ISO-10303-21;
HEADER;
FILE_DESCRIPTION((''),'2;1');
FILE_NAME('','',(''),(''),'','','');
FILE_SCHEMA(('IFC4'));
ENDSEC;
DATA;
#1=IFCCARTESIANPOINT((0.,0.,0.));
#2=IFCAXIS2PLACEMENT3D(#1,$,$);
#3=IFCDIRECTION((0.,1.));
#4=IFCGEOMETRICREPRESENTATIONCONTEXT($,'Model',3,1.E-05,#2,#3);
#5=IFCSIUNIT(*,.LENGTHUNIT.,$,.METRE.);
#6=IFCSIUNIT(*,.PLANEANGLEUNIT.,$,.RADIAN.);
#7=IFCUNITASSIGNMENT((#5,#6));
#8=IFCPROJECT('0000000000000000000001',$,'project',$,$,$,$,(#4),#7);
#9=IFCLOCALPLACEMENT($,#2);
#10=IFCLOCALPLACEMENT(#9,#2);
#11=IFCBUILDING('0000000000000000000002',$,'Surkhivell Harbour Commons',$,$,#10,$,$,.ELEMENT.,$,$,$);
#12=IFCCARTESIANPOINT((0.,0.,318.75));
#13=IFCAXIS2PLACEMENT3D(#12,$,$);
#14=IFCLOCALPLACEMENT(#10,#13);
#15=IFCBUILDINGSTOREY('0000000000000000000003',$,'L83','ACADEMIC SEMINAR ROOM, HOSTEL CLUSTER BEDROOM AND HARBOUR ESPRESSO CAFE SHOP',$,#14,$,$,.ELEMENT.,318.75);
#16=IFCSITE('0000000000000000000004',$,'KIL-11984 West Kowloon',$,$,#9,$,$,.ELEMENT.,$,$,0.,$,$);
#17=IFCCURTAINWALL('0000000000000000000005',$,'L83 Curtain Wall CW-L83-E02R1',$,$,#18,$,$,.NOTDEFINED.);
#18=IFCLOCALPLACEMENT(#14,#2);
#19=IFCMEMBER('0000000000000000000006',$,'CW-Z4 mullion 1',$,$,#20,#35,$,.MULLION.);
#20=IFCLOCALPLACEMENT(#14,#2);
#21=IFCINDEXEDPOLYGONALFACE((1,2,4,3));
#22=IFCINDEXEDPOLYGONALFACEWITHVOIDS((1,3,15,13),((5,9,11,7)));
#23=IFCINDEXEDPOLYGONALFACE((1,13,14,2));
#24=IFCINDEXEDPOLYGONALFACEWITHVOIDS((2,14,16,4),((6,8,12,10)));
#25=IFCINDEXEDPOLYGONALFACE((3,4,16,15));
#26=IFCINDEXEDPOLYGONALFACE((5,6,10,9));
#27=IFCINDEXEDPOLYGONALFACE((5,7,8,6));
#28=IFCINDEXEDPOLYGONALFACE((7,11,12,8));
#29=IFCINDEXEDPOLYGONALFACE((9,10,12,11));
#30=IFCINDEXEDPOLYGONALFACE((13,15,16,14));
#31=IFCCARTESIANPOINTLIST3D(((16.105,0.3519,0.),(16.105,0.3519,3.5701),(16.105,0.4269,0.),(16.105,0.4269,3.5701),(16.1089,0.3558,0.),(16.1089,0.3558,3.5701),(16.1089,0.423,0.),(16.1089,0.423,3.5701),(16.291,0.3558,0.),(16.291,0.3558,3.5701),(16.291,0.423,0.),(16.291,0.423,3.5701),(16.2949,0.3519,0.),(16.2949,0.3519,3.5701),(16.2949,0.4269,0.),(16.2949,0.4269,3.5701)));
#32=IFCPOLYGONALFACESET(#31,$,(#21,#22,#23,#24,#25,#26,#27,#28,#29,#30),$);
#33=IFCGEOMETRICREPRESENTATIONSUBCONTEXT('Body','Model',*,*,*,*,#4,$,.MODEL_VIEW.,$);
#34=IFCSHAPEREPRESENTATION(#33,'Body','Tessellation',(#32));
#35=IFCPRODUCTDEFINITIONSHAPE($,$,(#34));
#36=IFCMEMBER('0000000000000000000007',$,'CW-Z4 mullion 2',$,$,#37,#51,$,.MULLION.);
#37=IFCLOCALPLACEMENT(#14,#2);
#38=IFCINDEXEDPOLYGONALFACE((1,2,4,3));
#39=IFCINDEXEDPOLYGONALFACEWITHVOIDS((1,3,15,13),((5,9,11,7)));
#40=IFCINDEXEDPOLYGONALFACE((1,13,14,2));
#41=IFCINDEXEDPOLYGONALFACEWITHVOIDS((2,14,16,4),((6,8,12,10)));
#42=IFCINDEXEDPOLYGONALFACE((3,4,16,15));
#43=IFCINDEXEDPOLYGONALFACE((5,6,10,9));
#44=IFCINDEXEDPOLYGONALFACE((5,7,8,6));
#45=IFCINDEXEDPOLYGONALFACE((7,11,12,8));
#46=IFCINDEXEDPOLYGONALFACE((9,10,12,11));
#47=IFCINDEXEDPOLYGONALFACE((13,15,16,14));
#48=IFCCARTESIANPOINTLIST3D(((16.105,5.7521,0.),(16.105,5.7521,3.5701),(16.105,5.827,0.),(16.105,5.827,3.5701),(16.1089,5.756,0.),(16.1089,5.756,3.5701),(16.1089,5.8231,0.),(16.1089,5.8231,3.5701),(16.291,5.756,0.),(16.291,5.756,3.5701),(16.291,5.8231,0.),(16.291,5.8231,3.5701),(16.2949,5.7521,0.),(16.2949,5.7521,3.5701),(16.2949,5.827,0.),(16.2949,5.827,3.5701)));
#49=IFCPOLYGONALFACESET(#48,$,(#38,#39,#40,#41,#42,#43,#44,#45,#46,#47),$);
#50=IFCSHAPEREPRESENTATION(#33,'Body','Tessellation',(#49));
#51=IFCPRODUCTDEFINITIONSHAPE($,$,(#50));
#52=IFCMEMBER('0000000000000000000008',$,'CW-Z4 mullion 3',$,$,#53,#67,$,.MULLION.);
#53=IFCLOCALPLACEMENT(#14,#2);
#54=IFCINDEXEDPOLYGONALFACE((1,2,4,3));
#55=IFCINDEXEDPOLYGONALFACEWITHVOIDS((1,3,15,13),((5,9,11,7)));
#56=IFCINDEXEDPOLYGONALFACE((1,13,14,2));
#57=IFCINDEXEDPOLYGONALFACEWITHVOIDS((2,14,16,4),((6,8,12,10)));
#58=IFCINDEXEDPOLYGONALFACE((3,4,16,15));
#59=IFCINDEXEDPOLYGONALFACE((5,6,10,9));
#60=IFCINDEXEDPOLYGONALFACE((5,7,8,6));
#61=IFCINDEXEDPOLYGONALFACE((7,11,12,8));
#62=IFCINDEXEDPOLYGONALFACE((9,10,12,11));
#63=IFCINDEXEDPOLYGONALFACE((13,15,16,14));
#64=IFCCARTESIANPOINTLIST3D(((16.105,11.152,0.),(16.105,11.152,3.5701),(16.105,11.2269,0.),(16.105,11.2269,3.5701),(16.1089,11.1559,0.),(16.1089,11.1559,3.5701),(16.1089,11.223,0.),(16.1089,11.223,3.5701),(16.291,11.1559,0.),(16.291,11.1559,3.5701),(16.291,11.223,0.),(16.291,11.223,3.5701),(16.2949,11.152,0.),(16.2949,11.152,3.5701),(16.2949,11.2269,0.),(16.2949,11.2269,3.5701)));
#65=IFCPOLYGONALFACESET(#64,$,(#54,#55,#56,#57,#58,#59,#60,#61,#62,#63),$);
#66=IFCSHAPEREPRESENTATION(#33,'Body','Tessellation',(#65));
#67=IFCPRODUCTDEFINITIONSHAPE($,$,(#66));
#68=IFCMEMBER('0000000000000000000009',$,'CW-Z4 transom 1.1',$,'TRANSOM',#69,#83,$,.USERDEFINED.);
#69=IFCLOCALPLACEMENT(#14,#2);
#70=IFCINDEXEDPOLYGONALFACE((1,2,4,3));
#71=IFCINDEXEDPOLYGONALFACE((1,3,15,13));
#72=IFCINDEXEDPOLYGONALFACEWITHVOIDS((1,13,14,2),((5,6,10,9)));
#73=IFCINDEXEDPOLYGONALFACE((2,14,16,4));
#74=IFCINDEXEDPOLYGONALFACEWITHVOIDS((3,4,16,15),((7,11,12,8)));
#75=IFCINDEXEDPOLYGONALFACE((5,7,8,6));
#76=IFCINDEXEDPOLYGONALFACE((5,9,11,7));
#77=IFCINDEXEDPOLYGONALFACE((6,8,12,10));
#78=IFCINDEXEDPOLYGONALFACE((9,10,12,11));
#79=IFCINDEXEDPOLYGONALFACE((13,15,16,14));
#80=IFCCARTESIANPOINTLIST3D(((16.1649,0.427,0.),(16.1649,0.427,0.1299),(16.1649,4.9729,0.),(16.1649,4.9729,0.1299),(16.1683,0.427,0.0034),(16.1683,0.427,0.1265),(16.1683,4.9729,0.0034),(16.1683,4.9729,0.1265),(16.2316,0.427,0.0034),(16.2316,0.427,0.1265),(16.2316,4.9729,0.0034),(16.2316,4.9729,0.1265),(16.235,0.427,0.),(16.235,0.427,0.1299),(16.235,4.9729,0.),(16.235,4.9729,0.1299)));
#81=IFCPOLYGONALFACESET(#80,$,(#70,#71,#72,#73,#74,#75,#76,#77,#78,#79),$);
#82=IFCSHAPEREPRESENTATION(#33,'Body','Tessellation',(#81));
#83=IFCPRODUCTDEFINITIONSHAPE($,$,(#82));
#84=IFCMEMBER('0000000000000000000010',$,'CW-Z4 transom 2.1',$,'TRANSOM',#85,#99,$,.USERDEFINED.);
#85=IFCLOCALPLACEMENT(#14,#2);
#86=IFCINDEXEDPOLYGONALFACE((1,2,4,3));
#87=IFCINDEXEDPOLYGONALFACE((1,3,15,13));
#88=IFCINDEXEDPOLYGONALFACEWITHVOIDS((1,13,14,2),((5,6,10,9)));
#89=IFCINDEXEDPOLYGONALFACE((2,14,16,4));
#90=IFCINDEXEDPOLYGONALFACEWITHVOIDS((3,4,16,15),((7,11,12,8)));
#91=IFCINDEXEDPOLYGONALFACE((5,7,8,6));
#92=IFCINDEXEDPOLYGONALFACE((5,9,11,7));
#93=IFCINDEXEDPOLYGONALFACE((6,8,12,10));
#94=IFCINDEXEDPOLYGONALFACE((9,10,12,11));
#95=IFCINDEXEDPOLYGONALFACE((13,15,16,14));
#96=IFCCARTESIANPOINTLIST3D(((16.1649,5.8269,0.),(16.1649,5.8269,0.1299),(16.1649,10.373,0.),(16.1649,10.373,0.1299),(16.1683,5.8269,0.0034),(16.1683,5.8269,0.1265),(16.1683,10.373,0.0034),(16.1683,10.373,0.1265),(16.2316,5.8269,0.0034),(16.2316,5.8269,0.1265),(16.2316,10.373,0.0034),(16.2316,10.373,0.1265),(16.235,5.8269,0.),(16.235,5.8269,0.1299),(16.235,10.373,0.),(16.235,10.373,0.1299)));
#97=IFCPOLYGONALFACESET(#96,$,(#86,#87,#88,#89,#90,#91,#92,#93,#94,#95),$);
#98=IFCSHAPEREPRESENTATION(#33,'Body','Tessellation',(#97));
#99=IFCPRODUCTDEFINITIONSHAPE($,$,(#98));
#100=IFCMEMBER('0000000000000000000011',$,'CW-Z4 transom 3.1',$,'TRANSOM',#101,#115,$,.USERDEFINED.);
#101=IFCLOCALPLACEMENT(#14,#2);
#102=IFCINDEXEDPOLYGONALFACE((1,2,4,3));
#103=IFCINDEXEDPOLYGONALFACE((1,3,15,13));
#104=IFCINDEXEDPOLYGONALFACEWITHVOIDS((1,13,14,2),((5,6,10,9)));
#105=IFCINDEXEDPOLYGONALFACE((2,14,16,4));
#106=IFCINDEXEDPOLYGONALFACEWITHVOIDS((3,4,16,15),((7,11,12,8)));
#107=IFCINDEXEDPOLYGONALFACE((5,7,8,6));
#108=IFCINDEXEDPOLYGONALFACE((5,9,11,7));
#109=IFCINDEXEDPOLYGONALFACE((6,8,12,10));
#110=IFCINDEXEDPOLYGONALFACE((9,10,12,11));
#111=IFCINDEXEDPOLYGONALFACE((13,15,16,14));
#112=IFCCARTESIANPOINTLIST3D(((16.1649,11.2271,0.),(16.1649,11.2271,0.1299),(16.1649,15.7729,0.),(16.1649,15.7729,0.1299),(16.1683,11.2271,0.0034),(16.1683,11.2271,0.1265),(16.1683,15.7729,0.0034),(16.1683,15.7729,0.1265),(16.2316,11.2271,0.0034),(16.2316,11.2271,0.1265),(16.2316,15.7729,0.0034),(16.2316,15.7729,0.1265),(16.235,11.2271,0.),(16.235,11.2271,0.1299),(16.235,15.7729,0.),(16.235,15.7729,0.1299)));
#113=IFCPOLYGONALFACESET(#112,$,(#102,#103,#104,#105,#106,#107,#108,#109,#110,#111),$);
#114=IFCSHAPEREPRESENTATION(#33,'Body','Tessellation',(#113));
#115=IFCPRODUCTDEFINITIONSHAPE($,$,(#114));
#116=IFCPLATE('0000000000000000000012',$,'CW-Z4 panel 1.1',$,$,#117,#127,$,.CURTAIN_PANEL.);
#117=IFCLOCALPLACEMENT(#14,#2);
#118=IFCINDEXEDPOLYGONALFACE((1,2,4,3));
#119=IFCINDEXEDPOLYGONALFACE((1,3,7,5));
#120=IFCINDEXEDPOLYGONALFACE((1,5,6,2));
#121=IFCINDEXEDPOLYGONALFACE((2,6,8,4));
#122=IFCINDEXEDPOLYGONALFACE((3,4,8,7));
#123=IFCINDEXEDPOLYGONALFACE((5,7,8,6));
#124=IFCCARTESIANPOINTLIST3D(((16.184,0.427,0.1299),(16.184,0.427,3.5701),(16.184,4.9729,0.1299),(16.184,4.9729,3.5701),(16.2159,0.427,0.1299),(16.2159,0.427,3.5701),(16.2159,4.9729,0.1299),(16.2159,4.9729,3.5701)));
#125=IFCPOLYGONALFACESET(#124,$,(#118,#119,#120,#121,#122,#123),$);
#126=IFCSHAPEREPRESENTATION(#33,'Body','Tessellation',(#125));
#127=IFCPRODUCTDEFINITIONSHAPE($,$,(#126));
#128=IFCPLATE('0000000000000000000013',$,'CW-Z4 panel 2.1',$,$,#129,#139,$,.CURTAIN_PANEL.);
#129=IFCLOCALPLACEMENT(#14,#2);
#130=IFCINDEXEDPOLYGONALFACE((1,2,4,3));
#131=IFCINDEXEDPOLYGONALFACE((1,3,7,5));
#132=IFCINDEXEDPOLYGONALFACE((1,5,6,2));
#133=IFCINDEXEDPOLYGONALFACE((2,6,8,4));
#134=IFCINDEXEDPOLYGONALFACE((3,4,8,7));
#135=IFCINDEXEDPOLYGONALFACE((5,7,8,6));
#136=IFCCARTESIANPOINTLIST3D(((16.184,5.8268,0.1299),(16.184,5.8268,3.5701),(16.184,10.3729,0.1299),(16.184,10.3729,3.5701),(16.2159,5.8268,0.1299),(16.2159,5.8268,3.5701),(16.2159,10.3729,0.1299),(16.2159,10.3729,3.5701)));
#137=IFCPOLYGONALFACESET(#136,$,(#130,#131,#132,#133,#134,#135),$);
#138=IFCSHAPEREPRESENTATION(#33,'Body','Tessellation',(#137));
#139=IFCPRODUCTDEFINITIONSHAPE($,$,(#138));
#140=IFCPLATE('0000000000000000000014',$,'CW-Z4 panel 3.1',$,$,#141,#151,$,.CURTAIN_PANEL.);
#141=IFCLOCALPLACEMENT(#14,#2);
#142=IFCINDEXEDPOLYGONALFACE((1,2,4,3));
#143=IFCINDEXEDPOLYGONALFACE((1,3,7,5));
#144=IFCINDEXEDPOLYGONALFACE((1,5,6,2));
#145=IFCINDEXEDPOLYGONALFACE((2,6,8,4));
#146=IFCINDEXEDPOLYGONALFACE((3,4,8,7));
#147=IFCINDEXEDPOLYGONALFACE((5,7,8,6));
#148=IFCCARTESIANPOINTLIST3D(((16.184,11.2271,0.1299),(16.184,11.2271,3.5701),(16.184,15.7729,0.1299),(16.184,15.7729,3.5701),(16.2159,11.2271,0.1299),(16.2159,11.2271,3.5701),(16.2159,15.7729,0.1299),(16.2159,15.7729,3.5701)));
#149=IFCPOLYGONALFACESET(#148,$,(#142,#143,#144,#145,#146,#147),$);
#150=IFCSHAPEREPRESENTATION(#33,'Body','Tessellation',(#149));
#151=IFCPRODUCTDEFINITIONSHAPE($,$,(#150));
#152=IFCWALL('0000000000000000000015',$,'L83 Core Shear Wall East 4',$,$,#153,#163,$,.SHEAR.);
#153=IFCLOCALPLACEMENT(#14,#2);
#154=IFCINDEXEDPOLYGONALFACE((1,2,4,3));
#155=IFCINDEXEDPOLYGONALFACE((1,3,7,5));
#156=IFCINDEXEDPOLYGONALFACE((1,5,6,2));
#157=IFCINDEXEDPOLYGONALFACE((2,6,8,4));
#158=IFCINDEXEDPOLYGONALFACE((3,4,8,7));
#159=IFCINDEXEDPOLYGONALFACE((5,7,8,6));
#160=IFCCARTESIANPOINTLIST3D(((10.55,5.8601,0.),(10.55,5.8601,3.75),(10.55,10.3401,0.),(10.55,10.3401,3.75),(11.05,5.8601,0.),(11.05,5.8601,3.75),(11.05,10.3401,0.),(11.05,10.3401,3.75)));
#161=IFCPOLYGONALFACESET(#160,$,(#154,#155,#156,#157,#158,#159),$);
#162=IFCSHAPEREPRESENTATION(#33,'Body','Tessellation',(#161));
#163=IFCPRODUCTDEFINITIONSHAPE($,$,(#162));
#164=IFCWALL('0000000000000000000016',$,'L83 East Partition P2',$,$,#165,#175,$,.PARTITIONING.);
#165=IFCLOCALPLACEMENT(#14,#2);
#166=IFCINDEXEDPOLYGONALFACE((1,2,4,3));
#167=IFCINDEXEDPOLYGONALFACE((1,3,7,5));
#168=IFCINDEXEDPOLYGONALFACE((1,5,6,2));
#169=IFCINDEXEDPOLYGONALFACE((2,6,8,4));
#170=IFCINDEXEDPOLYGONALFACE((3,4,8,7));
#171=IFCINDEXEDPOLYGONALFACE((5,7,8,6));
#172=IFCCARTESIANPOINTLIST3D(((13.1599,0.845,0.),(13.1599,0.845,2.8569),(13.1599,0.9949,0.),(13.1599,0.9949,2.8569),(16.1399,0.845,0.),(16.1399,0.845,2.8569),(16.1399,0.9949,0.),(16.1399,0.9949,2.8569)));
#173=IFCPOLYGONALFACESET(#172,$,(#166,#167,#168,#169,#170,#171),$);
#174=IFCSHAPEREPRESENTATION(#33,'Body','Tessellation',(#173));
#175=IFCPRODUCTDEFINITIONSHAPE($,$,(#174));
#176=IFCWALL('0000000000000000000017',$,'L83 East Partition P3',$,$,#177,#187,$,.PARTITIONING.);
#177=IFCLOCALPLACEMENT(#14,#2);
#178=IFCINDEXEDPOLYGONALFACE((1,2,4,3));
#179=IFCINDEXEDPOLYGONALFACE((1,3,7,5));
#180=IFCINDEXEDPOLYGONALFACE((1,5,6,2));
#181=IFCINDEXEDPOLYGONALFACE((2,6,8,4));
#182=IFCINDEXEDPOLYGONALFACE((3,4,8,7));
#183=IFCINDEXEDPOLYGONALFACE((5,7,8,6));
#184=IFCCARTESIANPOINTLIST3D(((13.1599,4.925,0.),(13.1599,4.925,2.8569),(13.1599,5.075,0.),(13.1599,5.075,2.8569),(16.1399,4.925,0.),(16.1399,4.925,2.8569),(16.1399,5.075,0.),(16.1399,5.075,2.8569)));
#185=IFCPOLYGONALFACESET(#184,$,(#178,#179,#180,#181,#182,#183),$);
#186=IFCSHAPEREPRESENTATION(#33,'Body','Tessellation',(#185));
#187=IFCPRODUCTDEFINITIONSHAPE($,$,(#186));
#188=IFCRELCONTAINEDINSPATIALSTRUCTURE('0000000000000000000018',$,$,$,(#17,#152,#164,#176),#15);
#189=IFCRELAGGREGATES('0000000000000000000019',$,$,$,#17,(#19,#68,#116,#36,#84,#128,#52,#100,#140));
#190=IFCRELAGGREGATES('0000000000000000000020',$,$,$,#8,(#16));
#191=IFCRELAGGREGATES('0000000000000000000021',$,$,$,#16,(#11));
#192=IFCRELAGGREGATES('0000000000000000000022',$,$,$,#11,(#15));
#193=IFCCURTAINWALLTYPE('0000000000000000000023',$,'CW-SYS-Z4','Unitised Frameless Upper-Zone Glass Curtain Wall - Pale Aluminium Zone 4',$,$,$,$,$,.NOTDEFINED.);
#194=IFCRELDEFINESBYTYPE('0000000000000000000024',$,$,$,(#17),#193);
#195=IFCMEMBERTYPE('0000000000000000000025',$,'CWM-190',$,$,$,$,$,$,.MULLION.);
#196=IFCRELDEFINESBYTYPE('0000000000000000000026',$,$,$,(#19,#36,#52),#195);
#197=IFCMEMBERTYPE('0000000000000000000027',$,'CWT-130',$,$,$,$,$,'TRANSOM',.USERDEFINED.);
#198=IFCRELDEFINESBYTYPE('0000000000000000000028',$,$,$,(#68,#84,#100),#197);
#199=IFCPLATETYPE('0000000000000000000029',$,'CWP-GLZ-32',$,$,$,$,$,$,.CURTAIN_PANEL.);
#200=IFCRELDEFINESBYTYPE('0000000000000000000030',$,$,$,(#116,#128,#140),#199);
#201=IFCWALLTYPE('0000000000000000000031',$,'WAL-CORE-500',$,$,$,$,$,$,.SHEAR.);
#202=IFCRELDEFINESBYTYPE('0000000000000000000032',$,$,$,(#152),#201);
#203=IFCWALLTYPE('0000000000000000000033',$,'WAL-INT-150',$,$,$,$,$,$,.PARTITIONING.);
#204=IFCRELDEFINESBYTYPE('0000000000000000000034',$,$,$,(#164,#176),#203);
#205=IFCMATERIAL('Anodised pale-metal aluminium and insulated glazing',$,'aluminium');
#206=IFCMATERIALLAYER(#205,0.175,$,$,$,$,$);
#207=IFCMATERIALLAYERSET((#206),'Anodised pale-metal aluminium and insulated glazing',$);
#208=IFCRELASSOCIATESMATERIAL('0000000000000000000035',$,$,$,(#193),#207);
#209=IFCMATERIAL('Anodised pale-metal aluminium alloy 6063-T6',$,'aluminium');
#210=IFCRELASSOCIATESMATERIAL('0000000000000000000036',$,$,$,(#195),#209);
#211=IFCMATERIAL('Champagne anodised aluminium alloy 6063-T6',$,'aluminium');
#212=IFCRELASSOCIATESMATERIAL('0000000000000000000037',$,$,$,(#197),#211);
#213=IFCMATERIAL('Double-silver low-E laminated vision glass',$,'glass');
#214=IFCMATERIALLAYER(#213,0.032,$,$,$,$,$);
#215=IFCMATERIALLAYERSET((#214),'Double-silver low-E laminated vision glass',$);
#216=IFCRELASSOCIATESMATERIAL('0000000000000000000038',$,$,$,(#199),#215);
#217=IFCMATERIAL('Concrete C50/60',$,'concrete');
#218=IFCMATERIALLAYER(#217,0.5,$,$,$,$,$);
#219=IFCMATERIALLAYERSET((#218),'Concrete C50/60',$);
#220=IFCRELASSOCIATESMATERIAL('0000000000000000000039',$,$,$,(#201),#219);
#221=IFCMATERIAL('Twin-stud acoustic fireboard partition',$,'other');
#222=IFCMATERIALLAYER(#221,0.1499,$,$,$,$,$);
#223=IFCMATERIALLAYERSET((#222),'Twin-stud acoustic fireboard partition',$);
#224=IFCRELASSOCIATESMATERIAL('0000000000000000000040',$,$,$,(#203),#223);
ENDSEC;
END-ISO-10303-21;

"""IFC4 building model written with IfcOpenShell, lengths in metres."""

from ifc_helpers import new_model, si_unit, direction, frame, frame_2d, origin, origin_2d, place, context, subcontext, project, spatial, rectangle, hollow_rectangle, extrude, material, layer, layer_set, material_profile, profile_set, type_object, element, aggregate, save


model = new_model("IFC4")

# Units and contexts
model_context = context("Model", 3, precision=1e-05, world=origin(), true_north=direction((0.0, 1.0)))
body_context = subcontext(model_context, "Body", "Model", "MODEL_VIEW")
ifc_project = project(units=[si_unit("LENGTHUNIT", "METRE"), si_unit("PLANEANGLEUNIT", "RADIAN")], contexts=[model_context])

# Site, building, storey
site_placement = place(None, origin())
site = spatial("IfcSite", under=ifc_project, at=site_placement, Name="KIL-11984 West Kowloon", CompositionType="ELEMENT", RefElevation=0.0)
building_placement = place(site_placement, origin())
building = spatial("IfcBuilding", under=site, at=building_placement, Name="Surkhivell Harbour Commons", CompositionType="ELEMENT")
storey_placement = place(building_placement, frame((0.0, 0.0, 318.75)))
storey = spatial("IfcBuildingStorey", under=building, at=storey_placement, Name="L83", Description="ACADEMIC SEMINAR ROOM, HOSTEL CLUSTER BEDROOM AND HARBOUR ESPRESSO CAFE SHOP", CompositionType="ELEMENT", Elevation=318.75)

# Shared definitions
ifc_material_1 = material(Name="Concrete C50/60", Category="concrete")

# Curtain wall, members, plates
ifc_material_2 = material(Name="Anodised pale-metal aluminium and insulated glazing", Category="aluminium")
ifc_layer_1 = layer(ifc_material_2, 0.175)
ifc_layer_set_1 = layer_set([ifc_layer_1], Name="Anodised pale-metal aluminium and insulated glazing")
curtain_wall_type = type_object("IfcCurtainWallType", Name="CW-SYS-Z4", Description="Unitised Frameless Upper-Zone Glass Curtain Wall - Pale Aluminium Zone 4", PredefinedType="NOTDEFINED", material=ifc_layer_set_1)
curtain_wall_placement = place(storey_placement, origin())
curtain_wall = element("IfcCurtainWall", 1, at=curtain_wall_placement, inside=storey, type_object=curtain_wall_type, Name="L83 Curtain Wall CW-L83-E02R1", PredefinedType="NOTDEFINED")
ifc_material_3 = material(Name="Anodised pale-metal aluminium alloy 6063-T6", Category="aluminium")
ifc_material_profile_1 = material_profile(ifc_material_3, hollow_rectangle(XDim=0.075, YDim=0.1899, WallThickness=0.0039, at=origin_2d()), Name="ALU-MULL-75x190")
ifc_profile_set_1 = profile_set([ifc_material_profile_1], Name="Anodised pale-metal aluminium alloy 6063-T6")
member_type_1 = type_object("IfcMemberType", Name="CWM-190", PredefinedType="MULLION", material=ifc_profile_set_1)
member_1_placement = place(storey_placement, frame((16.2, 0.3894, 0.0), z_axis=(0.0, 0.0, 1.0), x_axis=(0.0, 1.0, 0.0)))
member_1 = element("IfcMember", 2, at=member_1_placement, type_object=member_type_1, Name="CW-Z4 mullion 1", PredefinedType="MULLION", context=body_context, shape_type="SweptSolid", body=[
    extrude(hollow_rectangle(XDim=0.075, YDim=0.1899, WallThickness=0.0039, at=origin_2d()), origin(), (0.0, 0.0, 1.0), 3.5701),
])
member_2_placement = place(storey_placement, frame((16.2, 5.7896, 0.0), z_axis=(0.0, 0.0, 1.0), x_axis=(0.0, 1.0, 0.0)))
member_2 = element("IfcMember", 3, at=member_2_placement, type_object=member_type_1, Name="CW-Z4 mullion 2", PredefinedType="MULLION", context=body_context, shape_type="SweptSolid", body=[
    extrude(hollow_rectangle(XDim=0.075, YDim=0.1899, WallThickness=0.0039, at=origin_2d()), origin(), (0.0, 0.0, 1.0), 3.5701),
])
member_3_placement = place(storey_placement, frame((16.2, 11.1895, 0.0), z_axis=(0.0, 0.0, 1.0), x_axis=(0.0, 1.0, 0.0)))
member_3 = element("IfcMember", 4, at=member_3_placement, type_object=member_type_1, Name="CW-Z4 mullion 3", PredefinedType="MULLION", context=body_context, shape_type="SweptSolid", body=[
    extrude(hollow_rectangle(XDim=0.075, YDim=0.1899, WallThickness=0.0039, at=origin_2d()), origin(), (0.0, 0.0, 1.0), 3.5701),
])
ifc_material_4 = material(Name="Champagne anodised aluminium alloy 6063-T6", Category="aluminium")
ifc_material_profile_2 = material_profile(ifc_material_4, hollow_rectangle(XDim=0.0701, YDim=0.1299, WallThickness=0.0034, at=origin_2d()), Name="ALU-TRAN-70x130")
ifc_profile_set_2 = profile_set([ifc_material_profile_2], Name="Champagne anodised aluminium alloy 6063-T6")
member_type_2 = type_object("IfcMemberType", Name="CWT-130", ElementType="TRANSOM", PredefinedType="USERDEFINED", material=ifc_profile_set_2)
member_4_placement = place(storey_placement, frame((16.2, 0.427, 0.0649), z_axis=(0.0, 1.0, 0.0), x_axis=(-1.0, 0.0, 0.0)))
member_4 = element("IfcMember", 5, at=member_4_placement, type_object=member_type_2, Name="CW-Z4 transom 1.1", ObjectType="TRANSOM", PredefinedType="USERDEFINED", context=body_context, shape_type="SweptSolid", body=[
    extrude(hollow_rectangle(XDim=0.0701, YDim=0.1299, WallThickness=0.0034, at=origin_2d()), origin(), (0.0, 0.0, 1.0), 4.5459),
])
member_5_placement = place(storey_placement, frame((16.2, 5.8269, 0.0649), z_axis=(0.0, 1.0, 0.0), x_axis=(-1.0, 0.0, 0.0)))
member_5 = element("IfcMember", 6, at=member_5_placement, type_object=member_type_2, Name="CW-Z4 transom 2.1", ObjectType="TRANSOM", PredefinedType="USERDEFINED", context=body_context, shape_type="SweptSolid", body=[
    extrude(hollow_rectangle(XDim=0.0701, YDim=0.1299, WallThickness=0.0034, at=origin_2d()), origin(), (0.0, 0.0, 1.0), 4.5461),
])
member_6_placement = place(storey_placement, frame((16.2, 11.2271, 0.0649), z_axis=(0.0, 1.0, 0.0), x_axis=(-1.0, 0.0, 0.0)))
member_6 = element("IfcMember", 7, at=member_6_placement, type_object=member_type_2, Name="CW-Z4 transom 3.1", ObjectType="TRANSOM", PredefinedType="USERDEFINED", context=body_context, shape_type="SweptSolid", body=[
    extrude(hollow_rectangle(XDim=0.0701, YDim=0.1299, WallThickness=0.0034, at=origin_2d()), origin(), (0.0, 0.0, 1.0), 4.5459),
])
ifc_material_5 = material(Name="Double-silver low-E laminated vision glass", Category="glass")
ifc_layer_2 = layer(ifc_material_5, 0.032)
ifc_layer_set_2 = layer_set([ifc_layer_2], Name="Double-silver low-E laminated vision glass")
plate_type = type_object("IfcPlateType", Name="CWP-GLZ-32", PredefinedType="CURTAIN_PANEL", material=ifc_layer_set_2)
plate_1_placement = place(storey_placement, frame((16.2, 0.427, 0.1299), z_axis=(0.0, 0.0, 1.0), x_axis=(0.0, 1.0, 0.0)))
plate_1 = element("IfcPlate", 8, at=plate_1_placement, type_object=plate_type, Name="CW-Z4 panel 1.1", PredefinedType="CURTAIN_PANEL", context=body_context, shape_type="SweptSolid", body=[
    extrude(rectangle(XDim=4.5459, YDim=0.032, at=frame_2d((2.2729, 0.0))), origin(), (0.0, 0.0, 1.0), 3.4402),
])
plate_2_placement = place(storey_placement, frame((16.2, 5.8269, 0.1299), z_axis=(0.0, 0.0, 1.0), x_axis=(0.0, 1.0, 0.0)))
plate_2 = element("IfcPlate", 9, at=plate_2_placement, type_object=plate_type, Name="CW-Z4 panel 2.1", PredefinedType="CURTAIN_PANEL", context=body_context, shape_type="SweptSolid", body=[
    extrude(rectangle(XDim=4.5461, YDim=0.032, at=frame_2d((2.2729, 0.0))), origin(), (0.0, 0.0, 1.0), 3.4402),
])
plate_3_placement = place(storey_placement, frame((16.2, 11.2271, 0.1299), z_axis=(0.0, 0.0, 1.0), x_axis=(0.0, 1.0, 0.0)))
plate_3 = element("IfcPlate", 10, at=plate_3_placement, type_object=plate_type, Name="CW-Z4 panel 3.1", PredefinedType="CURTAIN_PANEL", context=body_context, shape_type="SweptSolid", body=[
    extrude(rectangle(XDim=4.5459, YDim=0.032, at=frame_2d((2.2729, 0.0))), origin(), (0.0, 0.0, 1.0), 3.4402),
])
aggregate(curtain_wall, [member_1, member_4, plate_1, member_2, member_5, plate_2, member_3, member_6, plate_3])

# Walls
ifc_layer_3 = layer(ifc_material_1, 0.5)
ifc_layer_set_3 = layer_set([ifc_layer_3], Name="Concrete C50/60")
wall_type_1 = type_object("IfcWallType", Name="WAL-CORE-500", PredefinedType="SHEAR", material=ifc_layer_set_3)
wall_placement = place(storey_placement, frame((10.8, 5.8601, 0.0), z_axis=(0.0, 0.0, 1.0), x_axis=(0.0, 1.0, 0.0)))
element("IfcWall", 11, at=wall_placement, inside=storey, type_object=wall_type_1, Name="L83 Core Shear Wall East 4", PredefinedType="SHEAR", context=body_context, shape_type="SweptSolid", body=[
    extrude(rectangle(XDim=4.48, YDim=0.5, at=frame_2d((2.24, 0.0))), origin(), (0.0, 0.0, 1.0), 3.75),
])
ifc_material_6 = material(Name="Twin-stud acoustic fireboard partition", Category="other")
ifc_layer_4 = layer(ifc_material_6, 0.1499)
ifc_layer_set_4 = layer_set([ifc_layer_4], Name="Twin-stud acoustic fireboard partition")
wall_type_2 = type_object("IfcWallType", Name="WAL-INT-150", PredefinedType="PARTITIONING", material=ifc_layer_set_4)
for number, where, z_axis, x_axis, name in (
    (12, (13.1599, 0.9199, 0.0), (0.0, 0.0, 1.0), (1.0, 0.0, 0.0), "L83 East Partition P2"),
    (13, (13.1599, 5.0, 0.0), (0.0, 0.0, 1.0), (1.0, 0.0, 0.0), "L83 East Partition P3"),
):
    element("IfcWall", number, at=place(storey_placement, frame(where, z_axis=z_axis, x_axis=x_axis)), inside=storey, type_object=wall_type_2, Name=name, PredefinedType="PARTITIONING", context=body_context, shape_type="SweptSolid", body=[
        extrude(rectangle(XDim=2.98, YDim=0.1499, at=frame_2d((1.49, 0.0))), origin(), (0.0, 0.0, 1.0), 2.8569),
    ])

save(model, "model.ifc")
